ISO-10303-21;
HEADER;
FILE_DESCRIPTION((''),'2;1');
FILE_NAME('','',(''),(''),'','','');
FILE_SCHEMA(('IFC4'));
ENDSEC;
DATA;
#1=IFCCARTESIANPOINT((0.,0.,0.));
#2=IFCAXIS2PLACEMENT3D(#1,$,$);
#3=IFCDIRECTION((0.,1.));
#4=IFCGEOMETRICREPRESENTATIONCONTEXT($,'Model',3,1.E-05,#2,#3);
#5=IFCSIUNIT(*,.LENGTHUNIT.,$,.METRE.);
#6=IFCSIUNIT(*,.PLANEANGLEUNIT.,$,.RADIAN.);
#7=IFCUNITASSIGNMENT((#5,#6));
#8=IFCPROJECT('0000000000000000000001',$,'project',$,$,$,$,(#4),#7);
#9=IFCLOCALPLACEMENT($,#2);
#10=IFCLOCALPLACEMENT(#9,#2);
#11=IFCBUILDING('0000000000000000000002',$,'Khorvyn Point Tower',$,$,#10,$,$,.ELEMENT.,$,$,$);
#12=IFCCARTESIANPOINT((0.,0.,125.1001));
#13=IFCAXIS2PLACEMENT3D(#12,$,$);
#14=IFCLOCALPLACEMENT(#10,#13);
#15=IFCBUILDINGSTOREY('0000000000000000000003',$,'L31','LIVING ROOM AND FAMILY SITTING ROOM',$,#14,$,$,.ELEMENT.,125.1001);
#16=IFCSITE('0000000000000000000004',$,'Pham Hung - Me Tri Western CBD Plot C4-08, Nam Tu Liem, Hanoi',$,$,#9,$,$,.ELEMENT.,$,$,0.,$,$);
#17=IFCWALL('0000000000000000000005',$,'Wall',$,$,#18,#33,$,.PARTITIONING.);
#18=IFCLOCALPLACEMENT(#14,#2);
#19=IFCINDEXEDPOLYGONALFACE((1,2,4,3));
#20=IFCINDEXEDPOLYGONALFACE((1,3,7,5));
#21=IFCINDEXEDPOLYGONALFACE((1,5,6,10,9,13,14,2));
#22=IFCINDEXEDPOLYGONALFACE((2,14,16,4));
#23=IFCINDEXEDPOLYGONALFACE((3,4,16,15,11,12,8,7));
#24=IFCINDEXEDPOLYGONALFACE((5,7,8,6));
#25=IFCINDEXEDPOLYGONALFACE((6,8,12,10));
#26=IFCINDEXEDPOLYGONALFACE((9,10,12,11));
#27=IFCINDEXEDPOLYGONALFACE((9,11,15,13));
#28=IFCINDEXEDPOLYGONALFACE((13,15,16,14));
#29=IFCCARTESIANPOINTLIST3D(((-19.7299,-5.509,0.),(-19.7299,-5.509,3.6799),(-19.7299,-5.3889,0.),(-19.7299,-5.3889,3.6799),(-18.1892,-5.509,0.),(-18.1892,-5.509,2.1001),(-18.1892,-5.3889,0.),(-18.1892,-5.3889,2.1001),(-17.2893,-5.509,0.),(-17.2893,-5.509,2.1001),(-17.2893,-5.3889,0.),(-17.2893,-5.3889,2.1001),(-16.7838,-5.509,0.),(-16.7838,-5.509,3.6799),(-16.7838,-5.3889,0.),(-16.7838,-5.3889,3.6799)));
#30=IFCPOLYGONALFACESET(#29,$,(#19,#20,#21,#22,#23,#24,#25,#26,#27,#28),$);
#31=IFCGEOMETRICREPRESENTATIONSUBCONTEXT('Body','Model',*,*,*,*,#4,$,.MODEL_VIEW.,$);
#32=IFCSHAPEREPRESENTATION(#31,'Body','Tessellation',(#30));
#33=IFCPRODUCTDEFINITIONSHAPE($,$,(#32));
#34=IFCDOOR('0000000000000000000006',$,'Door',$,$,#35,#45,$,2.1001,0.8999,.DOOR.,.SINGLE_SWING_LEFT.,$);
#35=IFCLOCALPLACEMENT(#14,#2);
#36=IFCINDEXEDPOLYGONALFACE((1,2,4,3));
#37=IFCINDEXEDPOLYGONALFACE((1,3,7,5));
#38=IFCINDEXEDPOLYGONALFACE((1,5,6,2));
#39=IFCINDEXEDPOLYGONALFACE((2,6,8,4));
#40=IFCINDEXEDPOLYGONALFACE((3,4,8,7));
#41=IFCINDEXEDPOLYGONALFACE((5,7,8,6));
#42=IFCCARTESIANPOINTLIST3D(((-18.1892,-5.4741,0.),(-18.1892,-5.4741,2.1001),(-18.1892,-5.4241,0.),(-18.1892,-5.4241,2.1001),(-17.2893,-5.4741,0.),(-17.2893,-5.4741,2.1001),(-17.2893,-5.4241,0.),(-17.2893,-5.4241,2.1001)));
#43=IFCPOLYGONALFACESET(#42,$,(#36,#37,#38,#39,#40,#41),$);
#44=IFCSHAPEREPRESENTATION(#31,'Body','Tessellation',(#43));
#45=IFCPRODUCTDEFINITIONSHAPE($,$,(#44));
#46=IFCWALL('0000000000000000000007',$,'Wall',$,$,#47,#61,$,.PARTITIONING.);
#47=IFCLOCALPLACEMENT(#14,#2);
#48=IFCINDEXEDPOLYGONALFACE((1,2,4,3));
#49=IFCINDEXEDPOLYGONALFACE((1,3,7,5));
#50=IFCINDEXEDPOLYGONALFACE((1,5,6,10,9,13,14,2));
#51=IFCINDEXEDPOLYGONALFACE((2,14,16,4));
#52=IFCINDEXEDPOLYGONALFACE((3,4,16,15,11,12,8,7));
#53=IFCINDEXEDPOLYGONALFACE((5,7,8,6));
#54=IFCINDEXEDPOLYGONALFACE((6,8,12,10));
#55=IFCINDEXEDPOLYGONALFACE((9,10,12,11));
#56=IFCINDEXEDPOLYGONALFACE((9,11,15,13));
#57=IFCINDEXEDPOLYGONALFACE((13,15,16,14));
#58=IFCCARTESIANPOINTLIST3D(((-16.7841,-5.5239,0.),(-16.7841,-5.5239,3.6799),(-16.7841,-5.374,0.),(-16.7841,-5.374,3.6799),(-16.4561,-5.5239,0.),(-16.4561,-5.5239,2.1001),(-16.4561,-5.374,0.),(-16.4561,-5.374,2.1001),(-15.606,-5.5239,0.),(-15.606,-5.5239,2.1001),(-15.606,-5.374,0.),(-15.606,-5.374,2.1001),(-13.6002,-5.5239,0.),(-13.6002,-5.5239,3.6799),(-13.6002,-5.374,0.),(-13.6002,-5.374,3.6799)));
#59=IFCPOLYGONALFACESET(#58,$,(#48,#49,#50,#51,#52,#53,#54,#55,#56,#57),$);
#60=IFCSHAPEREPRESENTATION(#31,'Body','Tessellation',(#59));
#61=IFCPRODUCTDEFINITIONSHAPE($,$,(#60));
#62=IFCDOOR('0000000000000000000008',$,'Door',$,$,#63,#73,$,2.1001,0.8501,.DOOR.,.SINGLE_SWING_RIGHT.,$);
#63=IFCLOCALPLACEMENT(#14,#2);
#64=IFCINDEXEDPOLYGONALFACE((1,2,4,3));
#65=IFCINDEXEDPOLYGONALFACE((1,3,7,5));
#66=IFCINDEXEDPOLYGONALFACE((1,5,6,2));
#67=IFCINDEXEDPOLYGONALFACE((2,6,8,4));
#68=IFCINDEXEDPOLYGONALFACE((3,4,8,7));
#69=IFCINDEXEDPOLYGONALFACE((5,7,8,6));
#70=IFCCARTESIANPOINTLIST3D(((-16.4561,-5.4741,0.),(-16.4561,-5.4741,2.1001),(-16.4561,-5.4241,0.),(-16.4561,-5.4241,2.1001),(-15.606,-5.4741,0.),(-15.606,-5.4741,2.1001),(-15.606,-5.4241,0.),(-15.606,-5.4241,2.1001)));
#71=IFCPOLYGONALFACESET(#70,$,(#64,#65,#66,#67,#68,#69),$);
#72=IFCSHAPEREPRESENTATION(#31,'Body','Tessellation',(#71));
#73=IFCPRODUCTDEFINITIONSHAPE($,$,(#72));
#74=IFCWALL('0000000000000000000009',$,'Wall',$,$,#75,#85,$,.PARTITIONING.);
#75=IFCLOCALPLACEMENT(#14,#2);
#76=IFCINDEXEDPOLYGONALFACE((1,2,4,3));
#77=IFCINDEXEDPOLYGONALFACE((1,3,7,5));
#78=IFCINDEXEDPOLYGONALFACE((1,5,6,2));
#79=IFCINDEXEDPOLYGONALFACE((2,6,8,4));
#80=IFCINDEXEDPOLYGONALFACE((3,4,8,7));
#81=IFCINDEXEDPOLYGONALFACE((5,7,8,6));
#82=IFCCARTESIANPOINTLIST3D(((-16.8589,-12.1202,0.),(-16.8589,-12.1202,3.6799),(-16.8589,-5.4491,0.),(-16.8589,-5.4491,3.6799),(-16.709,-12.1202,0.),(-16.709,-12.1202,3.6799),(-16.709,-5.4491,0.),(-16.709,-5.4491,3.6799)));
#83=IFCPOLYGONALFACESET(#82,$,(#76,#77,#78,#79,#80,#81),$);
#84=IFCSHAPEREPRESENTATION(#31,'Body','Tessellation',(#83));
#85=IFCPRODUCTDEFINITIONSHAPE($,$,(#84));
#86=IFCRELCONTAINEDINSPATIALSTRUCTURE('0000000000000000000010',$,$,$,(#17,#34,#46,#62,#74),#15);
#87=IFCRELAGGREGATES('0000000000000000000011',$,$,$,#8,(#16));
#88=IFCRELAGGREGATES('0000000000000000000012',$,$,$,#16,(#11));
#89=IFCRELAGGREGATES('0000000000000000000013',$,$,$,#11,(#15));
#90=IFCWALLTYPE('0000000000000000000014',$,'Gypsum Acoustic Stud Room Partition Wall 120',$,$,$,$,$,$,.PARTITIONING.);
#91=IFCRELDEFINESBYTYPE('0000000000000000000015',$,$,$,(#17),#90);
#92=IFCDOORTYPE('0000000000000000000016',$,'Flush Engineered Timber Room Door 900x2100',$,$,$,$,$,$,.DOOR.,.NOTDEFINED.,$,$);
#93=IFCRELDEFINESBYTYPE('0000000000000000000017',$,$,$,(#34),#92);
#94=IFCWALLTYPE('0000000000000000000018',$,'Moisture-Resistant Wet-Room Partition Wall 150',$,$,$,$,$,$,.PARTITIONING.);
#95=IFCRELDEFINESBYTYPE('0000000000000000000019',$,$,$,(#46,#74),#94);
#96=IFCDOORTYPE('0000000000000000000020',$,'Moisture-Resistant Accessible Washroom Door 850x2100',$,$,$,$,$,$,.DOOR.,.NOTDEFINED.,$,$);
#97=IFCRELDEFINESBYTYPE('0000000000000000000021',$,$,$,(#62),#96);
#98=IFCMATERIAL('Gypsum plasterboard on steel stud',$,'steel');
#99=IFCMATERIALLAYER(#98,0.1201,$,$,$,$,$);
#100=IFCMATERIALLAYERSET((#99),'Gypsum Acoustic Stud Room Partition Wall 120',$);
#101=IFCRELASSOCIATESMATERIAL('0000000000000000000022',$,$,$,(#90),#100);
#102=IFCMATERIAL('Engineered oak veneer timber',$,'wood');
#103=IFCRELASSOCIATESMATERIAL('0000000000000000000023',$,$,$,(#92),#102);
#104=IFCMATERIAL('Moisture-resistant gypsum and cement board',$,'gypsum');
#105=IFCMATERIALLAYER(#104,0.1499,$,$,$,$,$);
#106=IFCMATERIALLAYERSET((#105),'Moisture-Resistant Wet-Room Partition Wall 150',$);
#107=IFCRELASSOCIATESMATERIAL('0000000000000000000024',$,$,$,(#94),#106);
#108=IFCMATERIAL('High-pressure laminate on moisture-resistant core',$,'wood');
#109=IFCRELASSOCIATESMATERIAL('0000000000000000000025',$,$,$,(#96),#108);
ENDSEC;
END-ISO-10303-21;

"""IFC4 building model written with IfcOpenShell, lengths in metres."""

from ifc_helpers import new_model, si_unit, direction, frame, frame_2d, origin, place, context, subcontext, project, spatial, rectangle, extrude, material, layer, layer_set, type_object, element, fill, save


model = new_model("IFC4")

# Units and contexts
model_context = context("Model", 3, precision=1e-05, world=origin(), true_north=direction((0.0, 1.0)))
body_context = subcontext(model_context, "Body", "Model", "MODEL_VIEW")
ifc_project = project(units=[si_unit("LENGTHUNIT", "METRE"), si_unit("PLANEANGLEUNIT", "RADIAN")], contexts=[model_context])

# Site, building, storey
site_placement = place(None, origin())
site = spatial("IfcSite", under=ifc_project, at=site_placement, Name="Pham Hung - Me Tri Western CBD Plot C4-08, Nam Tu Liem, Hanoi", CompositionType="ELEMENT", RefElevation=0.0)
building_placement = place(site_placement, origin())
building = spatial("IfcBuilding", under=site, at=building_placement, Name="Khorvyn Point Tower", CompositionType="ELEMENT")
storey_placement = place(building_placement, frame((0.0, 0.0, 125.1001)))
storey = spatial("IfcBuildingStorey", under=building, at=storey_placement, Name="L31", Description="LIVING ROOM AND FAMILY SITTING ROOM", CompositionType="ELEMENT", Elevation=125.1001)

# Walls, openings, doors
ifc_material_1 = material(Name="Gypsum plasterboard on steel stud", Category="steel")
ifc_layer_1 = layer(ifc_material_1, 0.1201)
ifc_layer_set_1 = layer_set([ifc_layer_1], Name="Gypsum Acoustic Stud Room Partition Wall 120")
wall_type_1 = type_object("IfcWallType", Name="Gypsum Acoustic Stud Room Partition Wall 120", PredefinedType="PARTITIONING", material=ifc_layer_set_1)
wall_1_placement = place(storey_placement, frame((-19.73, -5.449, 0.0), z_axis=(0.0, 0.0, 1.0), x_axis=(1.0, 0.0, 0.0)))
wall_1 = element("IfcWall", 1, at=wall_1_placement, inside=storey, type_object=wall_type_1, Name="Wall", PredefinedType="PARTITIONING", context=body_context, shape_type="SweptSolid", body=[
    extrude(rectangle(XDim=2.946, YDim=0.1201, at=frame_2d((1.4731, 0.0))), origin(), (0.0, 0.0, 1.0), 3.6799),
])
opening_1_placement = place(wall_1_placement, frame((1.5408, 0.0, 0.0)))
opening_1 = element("IfcOpeningElement", 2, at=opening_1_placement, cuts=wall_1, PredefinedType="OPENING", context=body_context, shape_type="SweptSolid", body=[
    extrude(rectangle(XDim=0.8999, YDim=2.1001, at=frame_2d((0.45, 1.05))), frame((0.0, 0.0701, 0.0), z_axis=(0.0, -1.0, 0.0), x_axis=(1.0, 0.0, 0.0)), (0.0, 0.0, 1.0), 0.1401),
])
ifc_material_2 = material(Name="Engineered oak veneer timber", Category="wood")
door_type_1 = type_object("IfcDoorType", Name="Flush Engineered Timber Room Door 900x2100", OperationType="NOTDEFINED", PredefinedType="DOOR", material=ifc_material_2)
door_1_placement = place(opening_1_placement, origin())
door_1 = element("IfcDoor", 3, at=door_1_placement, inside=storey, type_object=door_type_1, Name="Door", OperationType="SINGLE_SWING_LEFT", OverallHeight=2.1001, OverallWidth=0.8999, PredefinedType="DOOR", context=body_context, shape_type="SweptSolid", body=[
    extrude(rectangle(XDim=0.8999, YDim=2.1001, at=frame_2d((0.45, 1.05))), frame((0.0, 0.0249, 0.0), z_axis=(0.0, -1.0, 0.0), x_axis=(1.0, 0.0, 0.0)), (0.0, 0.0, 1.0), 0.05),
])
fill(opening_1, door_1)
ifc_material_3 = material(Name="Moisture-resistant gypsum and cement board", Category="gypsum")
ifc_layer_2 = layer(ifc_material_3, 0.1499)
ifc_layer_set_2 = layer_set([ifc_layer_2], Name="Moisture-Resistant Wet-Room Partition Wall 150")
wall_type_2 = type_object("IfcWallType", Name="Moisture-Resistant Wet-Room Partition Wall 150", PredefinedType="PARTITIONING", material=ifc_layer_set_2)
wall_2_placement = place(storey_placement, frame((-16.7839, -5.449, 0.0), z_axis=(0.0, 0.0, 1.0), x_axis=(1.0, 0.0, 0.0)))
wall_2 = element("IfcWall", 4, at=wall_2_placement, inside=storey, type_object=wall_type_2, Name="Wall", PredefinedType="PARTITIONING", context=body_context, shape_type="SweptSolid", body=[
    extrude(rectangle(XDim=3.1838, YDim=0.1499, at=frame_2d((1.5918, 0.0))), origin(), (0.0, 0.0, 1.0), 3.6799),
])
opening_2_placement = place(wall_2_placement, frame((0.3279, 0.0, 0.0)))
opening_2 = element("IfcOpeningElement", 5, at=opening_2_placement, cuts=wall_2, PredefinedType="OPENING", context=body_context, shape_type="SweptSolid", body=[
    extrude(rectangle(XDim=0.8501, YDim=2.1001, at=frame_2d((0.425, 1.05))), frame((0.0, 0.085, 0.0), z_axis=(0.0, -1.0, 0.0), x_axis=(1.0, 0.0, 0.0)), (0.0, 0.0, 1.0), 0.1699),
])
ifc_material_4 = material(Name="High-pressure laminate on moisture-resistant core", Category="wood")
door_type_2 = type_object("IfcDoorType", Name="Moisture-Resistant Accessible Washroom Door 850x2100", OperationType="NOTDEFINED", PredefinedType="DOOR", material=ifc_material_4)
door_2_placement = place(opening_2_placement, origin())
door_2 = element("IfcDoor", 6, at=door_2_placement, inside=storey, type_object=door_type_2, Name="Door", OperationType="SINGLE_SWING_RIGHT", OverallHeight=2.1001, OverallWidth=0.8501, PredefinedType="DOOR", context=body_context, shape_type="SweptSolid", body=[
    extrude(rectangle(XDim=0.8501, YDim=2.1001, at=frame_2d((0.425, 1.05))), frame((0.0, 0.0249, 0.0), z_axis=(0.0, -1.0, 0.0), x_axis=(1.0, 0.0, 0.0)), (0.0, 0.0, 1.0), 0.05),
])
fill(opening_2, door_2)

# Wall
wall_3_placement = place(storey_placement, frame((-16.7839, -12.1201, 0.0), z_axis=(0.0, 0.0, 1.0), x_axis=(0.0, 1.0, 0.0)))
element("IfcWall", 7, at=wall_3_placement, inside=storey, type_object=wall_type_2, Name="Wall", PredefinedType="PARTITIONING", context=body_context, shape_type="SweptSolid", body=[
    extrude(rectangle(XDim=6.6711, YDim=0.1499, at=frame_2d((3.3354, 0.0))), origin(), (0.0, 0.0, 1.0), 3.6799),
])

save(model, "model.ifc")
